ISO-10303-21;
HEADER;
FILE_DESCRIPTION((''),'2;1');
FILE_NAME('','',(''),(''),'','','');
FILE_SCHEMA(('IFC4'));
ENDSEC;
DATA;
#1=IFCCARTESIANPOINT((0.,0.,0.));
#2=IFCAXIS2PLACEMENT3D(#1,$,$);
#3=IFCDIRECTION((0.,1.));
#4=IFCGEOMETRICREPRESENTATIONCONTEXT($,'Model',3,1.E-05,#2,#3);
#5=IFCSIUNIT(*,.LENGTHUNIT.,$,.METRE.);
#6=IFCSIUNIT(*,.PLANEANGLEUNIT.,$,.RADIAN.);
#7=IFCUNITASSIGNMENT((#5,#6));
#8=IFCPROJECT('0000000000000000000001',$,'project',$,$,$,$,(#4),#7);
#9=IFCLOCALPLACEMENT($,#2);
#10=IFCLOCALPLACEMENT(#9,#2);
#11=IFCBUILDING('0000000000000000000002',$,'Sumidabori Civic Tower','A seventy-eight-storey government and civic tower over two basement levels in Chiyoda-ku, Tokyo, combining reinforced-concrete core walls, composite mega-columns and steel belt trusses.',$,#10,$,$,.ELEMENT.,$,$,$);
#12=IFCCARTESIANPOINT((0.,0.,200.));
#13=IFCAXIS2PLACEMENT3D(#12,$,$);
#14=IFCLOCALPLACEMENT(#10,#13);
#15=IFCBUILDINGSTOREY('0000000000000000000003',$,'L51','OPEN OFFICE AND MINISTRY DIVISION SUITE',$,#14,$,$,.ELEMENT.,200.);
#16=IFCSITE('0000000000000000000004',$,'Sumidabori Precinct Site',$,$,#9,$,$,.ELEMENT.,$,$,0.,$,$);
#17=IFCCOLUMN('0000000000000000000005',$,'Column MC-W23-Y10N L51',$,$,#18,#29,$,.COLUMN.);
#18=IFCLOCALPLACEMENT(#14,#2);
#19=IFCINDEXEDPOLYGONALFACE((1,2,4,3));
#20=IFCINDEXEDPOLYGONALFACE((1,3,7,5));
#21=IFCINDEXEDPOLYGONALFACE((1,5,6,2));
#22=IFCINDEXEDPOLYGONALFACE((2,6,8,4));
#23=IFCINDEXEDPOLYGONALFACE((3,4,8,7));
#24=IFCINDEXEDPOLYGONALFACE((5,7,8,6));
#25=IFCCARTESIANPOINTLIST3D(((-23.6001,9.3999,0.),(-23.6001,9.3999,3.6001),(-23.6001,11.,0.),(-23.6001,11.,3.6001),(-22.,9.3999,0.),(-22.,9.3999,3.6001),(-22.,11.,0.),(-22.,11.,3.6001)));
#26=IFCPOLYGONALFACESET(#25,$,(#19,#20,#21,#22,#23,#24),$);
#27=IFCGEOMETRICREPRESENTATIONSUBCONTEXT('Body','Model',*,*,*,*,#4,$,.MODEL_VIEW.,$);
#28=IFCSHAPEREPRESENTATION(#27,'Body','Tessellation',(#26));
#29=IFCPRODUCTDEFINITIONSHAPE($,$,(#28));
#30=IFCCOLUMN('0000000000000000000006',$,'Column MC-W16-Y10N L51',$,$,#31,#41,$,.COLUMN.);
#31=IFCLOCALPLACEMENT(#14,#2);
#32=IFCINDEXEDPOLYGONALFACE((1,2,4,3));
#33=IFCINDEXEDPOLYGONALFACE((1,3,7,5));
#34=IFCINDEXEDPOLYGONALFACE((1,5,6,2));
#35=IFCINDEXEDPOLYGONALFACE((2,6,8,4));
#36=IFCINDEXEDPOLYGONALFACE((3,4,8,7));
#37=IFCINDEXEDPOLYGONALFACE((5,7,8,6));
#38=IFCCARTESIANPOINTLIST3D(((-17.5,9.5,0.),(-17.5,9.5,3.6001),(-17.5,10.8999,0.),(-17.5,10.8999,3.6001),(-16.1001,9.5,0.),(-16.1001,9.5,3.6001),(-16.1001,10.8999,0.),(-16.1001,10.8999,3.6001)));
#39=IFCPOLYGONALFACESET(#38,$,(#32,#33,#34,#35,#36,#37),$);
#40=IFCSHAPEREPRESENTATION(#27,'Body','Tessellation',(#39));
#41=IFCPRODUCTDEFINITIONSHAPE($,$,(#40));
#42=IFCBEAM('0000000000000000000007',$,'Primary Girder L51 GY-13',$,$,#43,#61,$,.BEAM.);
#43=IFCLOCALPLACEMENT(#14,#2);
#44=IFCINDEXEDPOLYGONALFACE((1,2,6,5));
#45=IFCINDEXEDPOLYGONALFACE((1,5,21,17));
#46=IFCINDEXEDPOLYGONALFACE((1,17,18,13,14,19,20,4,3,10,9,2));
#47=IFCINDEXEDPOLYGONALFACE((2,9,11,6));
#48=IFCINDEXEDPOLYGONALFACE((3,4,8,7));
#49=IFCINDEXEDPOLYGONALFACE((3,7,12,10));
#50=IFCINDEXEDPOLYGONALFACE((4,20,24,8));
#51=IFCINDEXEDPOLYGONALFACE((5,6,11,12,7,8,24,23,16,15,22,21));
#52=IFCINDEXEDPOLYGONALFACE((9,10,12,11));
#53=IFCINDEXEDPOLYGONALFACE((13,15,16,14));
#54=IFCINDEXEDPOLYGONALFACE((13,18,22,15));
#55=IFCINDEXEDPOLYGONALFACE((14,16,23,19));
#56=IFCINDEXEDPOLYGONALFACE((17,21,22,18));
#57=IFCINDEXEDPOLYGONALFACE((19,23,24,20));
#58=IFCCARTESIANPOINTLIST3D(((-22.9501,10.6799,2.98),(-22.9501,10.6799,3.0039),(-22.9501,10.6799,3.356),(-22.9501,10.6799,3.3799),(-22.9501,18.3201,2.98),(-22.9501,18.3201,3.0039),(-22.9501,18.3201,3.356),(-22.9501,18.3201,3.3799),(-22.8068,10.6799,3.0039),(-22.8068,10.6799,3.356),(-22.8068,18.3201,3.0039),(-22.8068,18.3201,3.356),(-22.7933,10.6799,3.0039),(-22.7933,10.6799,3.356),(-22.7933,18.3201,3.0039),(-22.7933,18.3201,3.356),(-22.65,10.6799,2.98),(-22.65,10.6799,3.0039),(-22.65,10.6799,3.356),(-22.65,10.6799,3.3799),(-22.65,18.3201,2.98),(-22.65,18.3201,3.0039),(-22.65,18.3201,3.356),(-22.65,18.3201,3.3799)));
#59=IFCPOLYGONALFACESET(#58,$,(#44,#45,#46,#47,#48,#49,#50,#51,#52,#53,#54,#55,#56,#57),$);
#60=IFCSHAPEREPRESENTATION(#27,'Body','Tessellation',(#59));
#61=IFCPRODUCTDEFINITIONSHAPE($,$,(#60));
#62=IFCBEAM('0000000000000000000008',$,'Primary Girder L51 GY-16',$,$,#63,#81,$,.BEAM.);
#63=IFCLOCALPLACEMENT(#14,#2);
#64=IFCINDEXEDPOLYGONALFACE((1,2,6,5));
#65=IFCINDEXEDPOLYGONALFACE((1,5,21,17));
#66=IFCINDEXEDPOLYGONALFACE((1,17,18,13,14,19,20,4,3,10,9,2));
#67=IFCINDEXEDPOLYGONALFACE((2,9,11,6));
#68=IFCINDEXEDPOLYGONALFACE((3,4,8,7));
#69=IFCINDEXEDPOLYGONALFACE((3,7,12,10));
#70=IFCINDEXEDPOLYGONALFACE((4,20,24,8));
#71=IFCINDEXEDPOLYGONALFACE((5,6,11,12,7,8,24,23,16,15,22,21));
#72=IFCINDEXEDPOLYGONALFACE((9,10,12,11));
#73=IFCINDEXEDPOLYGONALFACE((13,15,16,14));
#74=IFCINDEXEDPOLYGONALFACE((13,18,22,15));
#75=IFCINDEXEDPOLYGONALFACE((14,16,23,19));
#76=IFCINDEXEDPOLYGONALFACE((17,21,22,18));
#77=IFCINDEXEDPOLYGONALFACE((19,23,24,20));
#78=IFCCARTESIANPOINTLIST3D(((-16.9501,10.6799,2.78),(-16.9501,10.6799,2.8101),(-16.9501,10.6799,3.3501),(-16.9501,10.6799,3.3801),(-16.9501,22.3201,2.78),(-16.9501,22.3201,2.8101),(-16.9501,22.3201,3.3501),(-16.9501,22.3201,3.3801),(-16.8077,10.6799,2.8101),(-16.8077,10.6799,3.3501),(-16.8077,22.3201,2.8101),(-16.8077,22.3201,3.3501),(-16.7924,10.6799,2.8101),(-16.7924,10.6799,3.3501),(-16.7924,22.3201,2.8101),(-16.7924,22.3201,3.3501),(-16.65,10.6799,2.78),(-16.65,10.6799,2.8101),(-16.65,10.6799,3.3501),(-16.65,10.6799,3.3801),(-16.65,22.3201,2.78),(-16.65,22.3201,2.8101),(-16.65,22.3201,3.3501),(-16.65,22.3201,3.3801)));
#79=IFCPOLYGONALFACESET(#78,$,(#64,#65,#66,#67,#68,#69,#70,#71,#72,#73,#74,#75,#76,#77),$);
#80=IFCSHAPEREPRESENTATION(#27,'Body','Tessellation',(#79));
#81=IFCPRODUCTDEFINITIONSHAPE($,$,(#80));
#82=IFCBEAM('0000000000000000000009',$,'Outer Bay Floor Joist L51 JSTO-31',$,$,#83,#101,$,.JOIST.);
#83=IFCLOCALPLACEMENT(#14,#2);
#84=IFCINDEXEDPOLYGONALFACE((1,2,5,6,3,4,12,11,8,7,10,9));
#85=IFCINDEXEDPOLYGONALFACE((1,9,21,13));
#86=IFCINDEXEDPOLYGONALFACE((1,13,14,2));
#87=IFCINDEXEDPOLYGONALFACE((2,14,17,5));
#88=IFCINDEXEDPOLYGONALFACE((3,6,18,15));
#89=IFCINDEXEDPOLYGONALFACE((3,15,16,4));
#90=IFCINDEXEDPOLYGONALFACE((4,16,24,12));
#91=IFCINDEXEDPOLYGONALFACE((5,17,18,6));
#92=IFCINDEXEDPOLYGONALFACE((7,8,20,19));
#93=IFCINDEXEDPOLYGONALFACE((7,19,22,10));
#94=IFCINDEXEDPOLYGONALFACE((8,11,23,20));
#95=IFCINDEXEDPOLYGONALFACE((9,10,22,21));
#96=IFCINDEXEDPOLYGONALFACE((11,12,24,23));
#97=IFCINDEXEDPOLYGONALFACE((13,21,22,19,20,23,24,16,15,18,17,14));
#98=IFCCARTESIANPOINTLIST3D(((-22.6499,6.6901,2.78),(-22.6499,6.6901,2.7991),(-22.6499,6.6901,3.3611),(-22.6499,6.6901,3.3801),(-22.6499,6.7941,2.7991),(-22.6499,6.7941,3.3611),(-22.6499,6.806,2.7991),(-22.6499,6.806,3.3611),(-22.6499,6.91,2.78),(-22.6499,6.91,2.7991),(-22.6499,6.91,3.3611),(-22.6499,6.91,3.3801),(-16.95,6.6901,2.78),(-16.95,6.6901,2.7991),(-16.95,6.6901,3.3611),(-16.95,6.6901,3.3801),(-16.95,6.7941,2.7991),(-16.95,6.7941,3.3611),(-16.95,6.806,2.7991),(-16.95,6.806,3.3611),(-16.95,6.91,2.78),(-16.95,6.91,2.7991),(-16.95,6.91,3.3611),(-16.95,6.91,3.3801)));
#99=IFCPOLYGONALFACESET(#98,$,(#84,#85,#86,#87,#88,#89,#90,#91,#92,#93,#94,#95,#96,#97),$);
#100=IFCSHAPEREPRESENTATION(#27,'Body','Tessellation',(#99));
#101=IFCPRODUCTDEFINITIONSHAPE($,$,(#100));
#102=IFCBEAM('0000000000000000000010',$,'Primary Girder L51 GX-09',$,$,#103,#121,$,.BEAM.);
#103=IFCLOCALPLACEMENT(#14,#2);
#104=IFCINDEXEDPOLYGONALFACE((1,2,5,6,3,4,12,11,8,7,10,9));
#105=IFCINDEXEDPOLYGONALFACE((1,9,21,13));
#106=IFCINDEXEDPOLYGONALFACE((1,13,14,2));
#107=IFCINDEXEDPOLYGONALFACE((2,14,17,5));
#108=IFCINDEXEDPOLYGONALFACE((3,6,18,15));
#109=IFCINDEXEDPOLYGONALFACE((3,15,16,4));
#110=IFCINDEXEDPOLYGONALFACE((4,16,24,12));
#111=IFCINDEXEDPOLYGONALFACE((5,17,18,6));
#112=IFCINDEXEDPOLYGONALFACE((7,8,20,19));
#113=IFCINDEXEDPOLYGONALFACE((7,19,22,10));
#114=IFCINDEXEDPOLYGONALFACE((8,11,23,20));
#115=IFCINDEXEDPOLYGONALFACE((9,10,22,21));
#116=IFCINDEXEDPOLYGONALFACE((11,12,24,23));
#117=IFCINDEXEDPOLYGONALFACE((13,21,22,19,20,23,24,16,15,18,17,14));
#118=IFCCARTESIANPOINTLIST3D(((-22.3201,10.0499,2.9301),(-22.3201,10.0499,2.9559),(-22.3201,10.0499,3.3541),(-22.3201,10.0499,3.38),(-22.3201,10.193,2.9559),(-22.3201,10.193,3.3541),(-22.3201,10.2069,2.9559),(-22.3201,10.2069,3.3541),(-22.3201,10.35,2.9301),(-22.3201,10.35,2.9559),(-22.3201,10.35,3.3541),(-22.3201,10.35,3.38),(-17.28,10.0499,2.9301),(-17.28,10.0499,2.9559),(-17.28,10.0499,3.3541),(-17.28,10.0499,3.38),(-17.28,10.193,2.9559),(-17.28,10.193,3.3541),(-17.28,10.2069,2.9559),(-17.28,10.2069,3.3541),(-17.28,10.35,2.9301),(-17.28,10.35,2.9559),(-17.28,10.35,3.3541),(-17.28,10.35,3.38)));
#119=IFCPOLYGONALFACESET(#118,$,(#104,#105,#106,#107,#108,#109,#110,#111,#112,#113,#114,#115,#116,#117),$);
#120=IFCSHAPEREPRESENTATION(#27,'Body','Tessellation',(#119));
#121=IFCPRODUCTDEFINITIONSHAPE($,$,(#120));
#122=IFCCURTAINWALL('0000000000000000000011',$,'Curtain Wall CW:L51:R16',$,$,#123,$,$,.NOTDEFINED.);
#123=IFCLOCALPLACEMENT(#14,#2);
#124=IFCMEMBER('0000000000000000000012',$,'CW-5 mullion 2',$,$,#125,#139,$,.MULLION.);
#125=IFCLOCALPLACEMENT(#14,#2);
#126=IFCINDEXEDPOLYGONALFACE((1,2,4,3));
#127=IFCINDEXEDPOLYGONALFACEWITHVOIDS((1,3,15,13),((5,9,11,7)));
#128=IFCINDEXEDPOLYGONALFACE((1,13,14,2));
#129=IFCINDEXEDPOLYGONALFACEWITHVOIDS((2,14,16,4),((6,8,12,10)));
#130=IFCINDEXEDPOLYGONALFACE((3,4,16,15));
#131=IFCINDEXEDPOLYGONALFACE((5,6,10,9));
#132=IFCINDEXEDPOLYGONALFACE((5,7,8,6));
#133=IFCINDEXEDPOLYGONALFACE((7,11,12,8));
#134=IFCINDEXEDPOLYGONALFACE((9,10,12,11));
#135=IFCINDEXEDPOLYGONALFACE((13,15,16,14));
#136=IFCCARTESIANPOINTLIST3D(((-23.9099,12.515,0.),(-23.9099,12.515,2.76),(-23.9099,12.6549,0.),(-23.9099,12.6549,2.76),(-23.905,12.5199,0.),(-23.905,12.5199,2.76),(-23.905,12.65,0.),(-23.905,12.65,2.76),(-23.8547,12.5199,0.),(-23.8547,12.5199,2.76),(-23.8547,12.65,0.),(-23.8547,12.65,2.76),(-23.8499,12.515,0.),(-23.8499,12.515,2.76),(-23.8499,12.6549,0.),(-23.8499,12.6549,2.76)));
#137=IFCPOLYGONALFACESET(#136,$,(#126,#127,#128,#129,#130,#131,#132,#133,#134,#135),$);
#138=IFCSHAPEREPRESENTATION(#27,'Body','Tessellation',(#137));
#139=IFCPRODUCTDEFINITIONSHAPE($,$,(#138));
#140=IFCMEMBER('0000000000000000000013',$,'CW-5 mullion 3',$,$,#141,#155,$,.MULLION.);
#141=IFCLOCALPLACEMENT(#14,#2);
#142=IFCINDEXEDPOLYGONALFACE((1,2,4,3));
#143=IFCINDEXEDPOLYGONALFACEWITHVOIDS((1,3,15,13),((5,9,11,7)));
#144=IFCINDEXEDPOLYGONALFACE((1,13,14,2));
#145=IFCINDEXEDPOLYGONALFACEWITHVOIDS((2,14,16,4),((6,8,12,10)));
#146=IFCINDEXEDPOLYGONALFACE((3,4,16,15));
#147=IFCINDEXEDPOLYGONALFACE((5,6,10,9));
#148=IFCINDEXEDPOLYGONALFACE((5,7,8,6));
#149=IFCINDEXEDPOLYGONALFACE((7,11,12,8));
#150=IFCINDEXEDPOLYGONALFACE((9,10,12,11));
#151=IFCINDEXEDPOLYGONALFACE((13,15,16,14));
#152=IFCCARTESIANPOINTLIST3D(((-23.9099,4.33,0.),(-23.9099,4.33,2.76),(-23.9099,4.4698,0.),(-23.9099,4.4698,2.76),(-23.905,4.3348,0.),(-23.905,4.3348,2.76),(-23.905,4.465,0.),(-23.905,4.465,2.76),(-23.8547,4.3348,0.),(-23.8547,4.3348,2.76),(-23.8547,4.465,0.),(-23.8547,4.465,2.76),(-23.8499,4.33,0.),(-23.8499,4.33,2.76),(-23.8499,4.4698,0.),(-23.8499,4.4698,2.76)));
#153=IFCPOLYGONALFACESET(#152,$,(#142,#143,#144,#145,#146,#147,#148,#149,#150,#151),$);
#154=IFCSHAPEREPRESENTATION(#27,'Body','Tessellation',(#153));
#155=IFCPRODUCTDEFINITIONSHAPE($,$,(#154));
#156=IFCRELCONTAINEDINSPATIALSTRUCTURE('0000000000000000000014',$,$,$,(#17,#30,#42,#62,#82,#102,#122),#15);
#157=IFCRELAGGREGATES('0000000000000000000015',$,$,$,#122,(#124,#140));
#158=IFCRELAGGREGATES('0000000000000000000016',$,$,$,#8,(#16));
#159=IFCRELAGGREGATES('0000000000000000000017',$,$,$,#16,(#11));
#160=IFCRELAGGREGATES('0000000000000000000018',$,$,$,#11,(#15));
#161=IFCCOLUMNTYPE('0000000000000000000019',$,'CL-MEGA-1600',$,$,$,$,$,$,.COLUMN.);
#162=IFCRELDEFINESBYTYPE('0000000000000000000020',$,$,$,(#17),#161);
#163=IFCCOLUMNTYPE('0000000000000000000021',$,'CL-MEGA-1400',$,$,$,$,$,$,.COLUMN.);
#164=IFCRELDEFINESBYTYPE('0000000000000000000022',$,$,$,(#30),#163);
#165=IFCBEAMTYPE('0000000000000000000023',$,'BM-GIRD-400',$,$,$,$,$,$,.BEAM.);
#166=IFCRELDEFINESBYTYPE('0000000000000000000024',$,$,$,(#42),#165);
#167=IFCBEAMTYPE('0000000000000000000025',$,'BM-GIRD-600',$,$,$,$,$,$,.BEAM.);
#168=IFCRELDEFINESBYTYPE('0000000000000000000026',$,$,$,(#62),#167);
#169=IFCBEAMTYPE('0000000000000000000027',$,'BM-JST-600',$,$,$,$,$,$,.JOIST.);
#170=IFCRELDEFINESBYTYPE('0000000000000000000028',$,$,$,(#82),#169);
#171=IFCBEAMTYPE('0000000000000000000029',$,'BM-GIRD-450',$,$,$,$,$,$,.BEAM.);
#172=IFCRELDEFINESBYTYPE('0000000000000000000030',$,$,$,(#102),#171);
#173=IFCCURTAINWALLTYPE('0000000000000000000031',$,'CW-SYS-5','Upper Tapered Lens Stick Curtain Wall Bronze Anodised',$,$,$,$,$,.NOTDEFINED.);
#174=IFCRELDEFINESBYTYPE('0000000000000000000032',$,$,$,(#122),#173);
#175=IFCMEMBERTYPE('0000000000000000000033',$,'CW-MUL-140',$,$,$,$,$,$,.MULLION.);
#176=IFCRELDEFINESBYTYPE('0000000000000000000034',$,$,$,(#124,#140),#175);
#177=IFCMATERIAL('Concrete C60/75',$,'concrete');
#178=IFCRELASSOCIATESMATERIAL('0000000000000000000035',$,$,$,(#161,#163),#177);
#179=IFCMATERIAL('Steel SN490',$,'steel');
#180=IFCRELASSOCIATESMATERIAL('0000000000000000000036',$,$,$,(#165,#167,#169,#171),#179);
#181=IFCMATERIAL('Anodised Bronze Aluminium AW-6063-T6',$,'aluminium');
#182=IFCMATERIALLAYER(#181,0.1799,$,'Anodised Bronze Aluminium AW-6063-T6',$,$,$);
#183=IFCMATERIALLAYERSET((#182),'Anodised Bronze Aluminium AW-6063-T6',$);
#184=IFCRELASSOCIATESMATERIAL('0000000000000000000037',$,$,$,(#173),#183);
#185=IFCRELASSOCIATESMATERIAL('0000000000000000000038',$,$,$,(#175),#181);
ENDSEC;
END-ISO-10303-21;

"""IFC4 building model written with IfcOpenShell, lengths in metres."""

from ifc_helpers import new_model, si_unit, direction, frame, origin, origin_2d, place, context, subcontext, project, spatial, rectangle, hollow_rectangle, i_section, extrude, source, transform, mapped, material, layer, layer_set, material_profile, profile_set, type_object, element, aggregate, save


model = new_model("IFC4")

# Units and contexts
model_context = context("Model", 3, precision=1e-05, world=origin(), true_north=direction((0.0, 1.0)))
body_context = subcontext(model_context, "Body", "Model", "MODEL_VIEW")
ifc_project = project(units=[si_unit("LENGTHUNIT", "METRE"), si_unit("PLANEANGLEUNIT", "RADIAN")], contexts=[model_context])

# Site, building, storey
site_placement = place(None, origin())
site = spatial("IfcSite", under=ifc_project, at=site_placement, Name="Sumidabori Precinct Site", CompositionType="ELEMENT", RefElevation=0.0)
building_placement = place(site_placement, origin())
building = spatial("IfcBuilding", under=site, at=building_placement, Name="Sumidabori Civic Tower", Description="A seventy-eight-storey government and civic tower over two basement levels in Chiyoda-ku, Tokyo, combining reinforced-concrete core walls, composite mega-columns and steel belt trusses.", CompositionType="ELEMENT")
storey_placement = place(building_placement, frame((0.0, 0.0, 200.0)))
storey = spatial("IfcBuildingStorey", under=building, at=storey_placement, Name="L51", Description="OPEN OFFICE AND MINISTRY DIVISION SUITE", CompositionType="ELEMENT", Elevation=200.0)

# Columns
ifc_material_1 = material(Name="Concrete C60/75", Category="concrete")
ifc_material_profile_1 = material_profile(ifc_material_1, rectangle(XDim=1.6001, YDim=1.6001, at=origin_2d()), Name="RC 1600x1600")
ifc_profile_set_1 = profile_set([ifc_material_profile_1], Name="Concrete C60/75")
column_type_1 = type_object("IfcColumnType", Name="CL-MEGA-1600", PredefinedType="COLUMN", material=ifc_profile_set_1)
shared_shape_1 = source(origin(), body_context, "Body", "SweptSolid", [
    extrude(rectangle(XDim=1.6001, YDim=1.6001, at=origin_2d()), origin(), (0.0, 0.0, 1.0), 3.6001),
])
column_1_placement = place(storey_placement, frame((-22.8, 10.2, 0.0), z_axis=(0.0, 0.0, 1.0), x_axis=(1.0, 0.0, 0.0)))
element("IfcColumn", 1, at=column_1_placement, inside=storey, type_object=column_type_1, Name="Column MC-W23-Y10N L51", PredefinedType="COLUMN", context=body_context, shape_type="MappedRepresentation", body=[
    mapped(shared_shape_1, transform((0.0, 0.0, 0.0), x_axis=(1.0, 0.0, 0.0), y_axis=(0.0, 1.0, 0.0), z_axis=(0.0, 0.0, 1.0), scale=1.0)),
])
ifc_material_profile_2 = material_profile(ifc_material_1, rectangle(XDim=1.3999, YDim=1.3999, at=origin_2d()), Name="RC 1400x1400")
ifc_profile_set_2 = profile_set([ifc_material_profile_2], Name="Concrete C60/75")
column_type_2 = type_object("IfcColumnType", Name="CL-MEGA-1400", PredefinedType="COLUMN", material=ifc_profile_set_2)
shared_shape_2 = source(origin(), body_context, "Body", "SweptSolid", [
    extrude(rectangle(XDim=1.3999, YDim=1.3999, at=origin_2d()), origin(), (0.0, 0.0, 1.0), 3.6001),
])
column_2_placement = place(storey_placement, frame((-16.8, 10.2, 0.0), z_axis=(0.0, 0.0, 1.0), x_axis=(1.0, 0.0, 0.0)))
element("IfcColumn", 2, at=column_2_placement, inside=storey, type_object=column_type_2, Name="Column MC-W16-Y10N L51", PredefinedType="COLUMN", context=body_context, shape_type="MappedRepresentation", body=[
    mapped(shared_shape_2, transform((0.0, 0.0, 0.0), x_axis=(1.0, 0.0, 0.0), y_axis=(0.0, 1.0, 0.0), z_axis=(0.0, 0.0, 1.0), scale=1.0)),
])

# Beams
ifc_material_2 = material(Name="Steel SN490", Category="steel")
ifc_material_profile_3 = material_profile(ifc_material_2, i_section(OverallWidth=0.3, OverallDepth=0.3999, WebThickness=0.0134, FlangeThickness=0.0239, at=origin_2d()), Name="HE 400 B")
ifc_profile_set_3 = profile_set([ifc_material_profile_3], Name="Steel SN490")
beam_type_1 = type_object("IfcBeamType", Name="BM-GIRD-400", PredefinedType="BEAM", material=ifc_profile_set_3)
shared_shape_3 = source(origin(), body_context, "Body", "SweptSolid", [
    extrude(i_section(OverallWidth=0.3, OverallDepth=0.3999, WebThickness=0.0134, FlangeThickness=0.0239, at=origin_2d()), origin(), (0.0, 0.0, 1.0), 7.6401),
])
beam_1_placement = place(storey_placement, frame((-22.8, 10.6799, 3.1799), z_axis=(0.0, 1.0, 0.0), x_axis=(-1.0, 0.0, 0.0)))
element("IfcBeam", 3, at=beam_1_placement, inside=storey, type_object=beam_type_1, Name="Primary Girder L51 GY-13", PredefinedType="BEAM", context=body_context, shape_type="MappedRepresentation", body=[
    mapped(shared_shape_3, transform((0.0, 0.0, 0.0), x_axis=(1.0, 0.0, 0.0), y_axis=(0.0, 1.0, 0.0), z_axis=(0.0, 0.0, 1.0), scale=1.0)),
])
ifc_material_profile_4 = material_profile(ifc_material_2, i_section(OverallWidth=0.3, OverallDepth=0.6001, WebThickness=0.0154, FlangeThickness=0.03, at=origin_2d()), Name="HE 600 B")
ifc_profile_set_4 = profile_set([ifc_material_profile_4], Name="Steel SN490")
beam_type_2 = type_object("IfcBeamType", Name="BM-GIRD-600", PredefinedType="BEAM", material=ifc_profile_set_4)
shared_shape_4 = source(origin(), body_context, "Body", "SweptSolid", [
    extrude(i_section(OverallWidth=0.3, OverallDepth=0.6001, WebThickness=0.0154, FlangeThickness=0.03, at=origin_2d()), origin(), (0.0, 0.0, 1.0), 11.6401),
])
beam_2_placement = place(storey_placement, frame((-16.8, 10.6799, 3.0801), z_axis=(0.0, 1.0, 0.0), x_axis=(-1.0, 0.0, 0.0)))
element("IfcBeam", 4, at=beam_2_placement, inside=storey, type_object=beam_type_2, Name="Primary Girder L51 GY-16", PredefinedType="BEAM", context=body_context, shape_type="MappedRepresentation", body=[
    mapped(shared_shape_4, transform((0.0, 0.0, 0.0), x_axis=(1.0, 0.0, 0.0), y_axis=(0.0, 1.0, 0.0), z_axis=(0.0, 0.0, 1.0), scale=1.0)),
])
ifc_material_profile_5 = material_profile(ifc_material_2, i_section(OverallWidth=0.22, OverallDepth=0.6001, WebThickness=0.012, FlangeThickness=0.019, at=origin_2d()), Name="IPE 600")
ifc_profile_set_5 = profile_set([ifc_material_profile_5], Name="Steel SN490")
beam_type_3 = type_object("IfcBeamType", Name="BM-JST-600", PredefinedType="JOIST", material=ifc_profile_set_5)
shared_shape_5 = source(origin(), body_context, "Body", "SweptSolid", [
    extrude(i_section(OverallWidth=0.22, OverallDepth=0.6001, WebThickness=0.012, FlangeThickness=0.019, at=origin_2d()), origin(), (0.0, 0.0, 1.0), 5.7),
])
beam_3_placement = place(storey_placement, frame((-22.6499, 6.8, 3.0801), z_axis=(1.0, 0.0, 0.0), x_axis=(0.0, 1.0, 0.0)))
element("IfcBeam", 5, at=beam_3_placement, inside=storey, type_object=beam_type_3, Name="Outer Bay Floor Joist L51 JSTO-31", PredefinedType="JOIST", context=body_context, shape_type="MappedRepresentation", body=[
    mapped(shared_shape_5, transform((0.0, 0.0, 0.0), x_axis=(1.0, 0.0, 0.0), y_axis=(0.0, 1.0, 0.0), z_axis=(0.0, 0.0, 1.0), scale=1.0)),
])
ifc_material_profile_6 = material_profile(ifc_material_2, i_section(OverallWidth=0.3, OverallDepth=0.45, WebThickness=0.0139, FlangeThickness=0.0259, at=origin_2d()), Name="HE 450 B")
ifc_profile_set_6 = profile_set([ifc_material_profile_6], Name="Steel SN490")
beam_type_4 = type_object("IfcBeamType", Name="BM-GIRD-450", PredefinedType="BEAM", material=ifc_profile_set_6)
shared_shape_6 = source(origin(), body_context, "Body", "SweptSolid", [
    extrude(i_section(OverallWidth=0.3, OverallDepth=0.45, WebThickness=0.0139, FlangeThickness=0.0259, at=origin_2d()), origin(), (0.0, 0.0, 1.0), 5.04),
])
beam_4_placement = place(storey_placement, frame((-22.3201, 10.2, 3.155), z_axis=(1.0, 0.0, 0.0), x_axis=(0.0, 1.0, 0.0)))
element("IfcBeam", 6, at=beam_4_placement, inside=storey, type_object=beam_type_4, Name="Primary Girder L51 GX-09", PredefinedType="BEAM", context=body_context, shape_type="MappedRepresentation", body=[
    mapped(shared_shape_6, transform((0.0, 0.0, 0.0), x_axis=(1.0, 0.0, 0.0), y_axis=(0.0, 1.0, 0.0), z_axis=(0.0, 0.0, 1.0), scale=1.0)),
])

# Curtain wall, members
ifc_material_3 = material(Name="Anodised Bronze Aluminium AW-6063-T6", Category="aluminium")
ifc_layer_1 = layer(ifc_material_3, 0.1799, Name="Anodised Bronze Aluminium AW-6063-T6")
ifc_layer_set_1 = layer_set([ifc_layer_1], Name="Anodised Bronze Aluminium AW-6063-T6")
curtain_wall_type = type_object("IfcCurtainWallType", Name="CW-SYS-5", Description="Upper Tapered Lens Stick Curtain Wall Bronze Anodised", PredefinedType="NOTDEFINED", material=ifc_layer_set_1)
curtain_wall_placement = place(storey_placement, origin())
curtain_wall = element("IfcCurtainWall", 7, at=curtain_wall_placement, inside=storey, type_object=curtain_wall_type, Name="Curtain Wall CW:L51:R16", PredefinedType="NOTDEFINED")
ifc_material_profile_7 = material_profile(ifc_material_3, hollow_rectangle(XDim=0.0601, YDim=0.1399, WallThickness=0.0049, at=origin_2d()), Name="ALU MULLION 140x60")
ifc_profile_set_7 = profile_set([ifc_material_profile_7], Name="Anodised Bronze Aluminium AW-6063-T6")
member_type_1 = type_object("IfcMemberType", Name="CW-MUL-140", PredefinedType="MULLION", material=ifc_profile_set_7)
shared_shape_7 = source(origin(), body_context, "Body", "SweptSolid", [
    extrude(hollow_rectangle(XDim=0.0601, YDim=0.1399, WallThickness=0.0049, at=origin_2d()), origin(), (0.0, 0.0, 1.0), 2.76),
])
member_1_placement = place(storey_placement, frame((-23.8799, 12.585, 0.0), z_axis=(0.0, 0.0, 1.0), x_axis=(1.0, 0.0, 0.0)))
member_1 = element("IfcMember", 8, at=member_1_placement, type_object=member_type_1, Name="CW-5 mullion 2", PredefinedType="MULLION", context=body_context, shape_type="MappedRepresentation", body=[
    mapped(shared_shape_7, transform((0.0, 0.0, 0.0), x_axis=(1.0, 0.0, 0.0), y_axis=(0.0, 1.0, 0.0), z_axis=(0.0, 0.0, 1.0), scale=1.0)),
])
member_2_placement = place(storey_placement, frame((-23.8799, 4.3999, 0.0), z_axis=(0.0, 0.0, 1.0), x_axis=(1.0, 0.0, 0.0)))
member_2 = element("IfcMember", 9, at=member_2_placement, type_object=member_type_1, Name="CW-5 mullion 3", PredefinedType="MULLION", context=body_context, shape_type="MappedRepresentation", body=[
    mapped(shared_shape_7, transform((0.0, 0.0, 0.0), x_axis=(1.0, 0.0, 0.0), y_axis=(0.0, 1.0, 0.0), z_axis=(0.0, 0.0, 1.0), scale=1.0)),
])
aggregate(curtain_wall, [member_1, member_2])

save(model, "model.ifc")
